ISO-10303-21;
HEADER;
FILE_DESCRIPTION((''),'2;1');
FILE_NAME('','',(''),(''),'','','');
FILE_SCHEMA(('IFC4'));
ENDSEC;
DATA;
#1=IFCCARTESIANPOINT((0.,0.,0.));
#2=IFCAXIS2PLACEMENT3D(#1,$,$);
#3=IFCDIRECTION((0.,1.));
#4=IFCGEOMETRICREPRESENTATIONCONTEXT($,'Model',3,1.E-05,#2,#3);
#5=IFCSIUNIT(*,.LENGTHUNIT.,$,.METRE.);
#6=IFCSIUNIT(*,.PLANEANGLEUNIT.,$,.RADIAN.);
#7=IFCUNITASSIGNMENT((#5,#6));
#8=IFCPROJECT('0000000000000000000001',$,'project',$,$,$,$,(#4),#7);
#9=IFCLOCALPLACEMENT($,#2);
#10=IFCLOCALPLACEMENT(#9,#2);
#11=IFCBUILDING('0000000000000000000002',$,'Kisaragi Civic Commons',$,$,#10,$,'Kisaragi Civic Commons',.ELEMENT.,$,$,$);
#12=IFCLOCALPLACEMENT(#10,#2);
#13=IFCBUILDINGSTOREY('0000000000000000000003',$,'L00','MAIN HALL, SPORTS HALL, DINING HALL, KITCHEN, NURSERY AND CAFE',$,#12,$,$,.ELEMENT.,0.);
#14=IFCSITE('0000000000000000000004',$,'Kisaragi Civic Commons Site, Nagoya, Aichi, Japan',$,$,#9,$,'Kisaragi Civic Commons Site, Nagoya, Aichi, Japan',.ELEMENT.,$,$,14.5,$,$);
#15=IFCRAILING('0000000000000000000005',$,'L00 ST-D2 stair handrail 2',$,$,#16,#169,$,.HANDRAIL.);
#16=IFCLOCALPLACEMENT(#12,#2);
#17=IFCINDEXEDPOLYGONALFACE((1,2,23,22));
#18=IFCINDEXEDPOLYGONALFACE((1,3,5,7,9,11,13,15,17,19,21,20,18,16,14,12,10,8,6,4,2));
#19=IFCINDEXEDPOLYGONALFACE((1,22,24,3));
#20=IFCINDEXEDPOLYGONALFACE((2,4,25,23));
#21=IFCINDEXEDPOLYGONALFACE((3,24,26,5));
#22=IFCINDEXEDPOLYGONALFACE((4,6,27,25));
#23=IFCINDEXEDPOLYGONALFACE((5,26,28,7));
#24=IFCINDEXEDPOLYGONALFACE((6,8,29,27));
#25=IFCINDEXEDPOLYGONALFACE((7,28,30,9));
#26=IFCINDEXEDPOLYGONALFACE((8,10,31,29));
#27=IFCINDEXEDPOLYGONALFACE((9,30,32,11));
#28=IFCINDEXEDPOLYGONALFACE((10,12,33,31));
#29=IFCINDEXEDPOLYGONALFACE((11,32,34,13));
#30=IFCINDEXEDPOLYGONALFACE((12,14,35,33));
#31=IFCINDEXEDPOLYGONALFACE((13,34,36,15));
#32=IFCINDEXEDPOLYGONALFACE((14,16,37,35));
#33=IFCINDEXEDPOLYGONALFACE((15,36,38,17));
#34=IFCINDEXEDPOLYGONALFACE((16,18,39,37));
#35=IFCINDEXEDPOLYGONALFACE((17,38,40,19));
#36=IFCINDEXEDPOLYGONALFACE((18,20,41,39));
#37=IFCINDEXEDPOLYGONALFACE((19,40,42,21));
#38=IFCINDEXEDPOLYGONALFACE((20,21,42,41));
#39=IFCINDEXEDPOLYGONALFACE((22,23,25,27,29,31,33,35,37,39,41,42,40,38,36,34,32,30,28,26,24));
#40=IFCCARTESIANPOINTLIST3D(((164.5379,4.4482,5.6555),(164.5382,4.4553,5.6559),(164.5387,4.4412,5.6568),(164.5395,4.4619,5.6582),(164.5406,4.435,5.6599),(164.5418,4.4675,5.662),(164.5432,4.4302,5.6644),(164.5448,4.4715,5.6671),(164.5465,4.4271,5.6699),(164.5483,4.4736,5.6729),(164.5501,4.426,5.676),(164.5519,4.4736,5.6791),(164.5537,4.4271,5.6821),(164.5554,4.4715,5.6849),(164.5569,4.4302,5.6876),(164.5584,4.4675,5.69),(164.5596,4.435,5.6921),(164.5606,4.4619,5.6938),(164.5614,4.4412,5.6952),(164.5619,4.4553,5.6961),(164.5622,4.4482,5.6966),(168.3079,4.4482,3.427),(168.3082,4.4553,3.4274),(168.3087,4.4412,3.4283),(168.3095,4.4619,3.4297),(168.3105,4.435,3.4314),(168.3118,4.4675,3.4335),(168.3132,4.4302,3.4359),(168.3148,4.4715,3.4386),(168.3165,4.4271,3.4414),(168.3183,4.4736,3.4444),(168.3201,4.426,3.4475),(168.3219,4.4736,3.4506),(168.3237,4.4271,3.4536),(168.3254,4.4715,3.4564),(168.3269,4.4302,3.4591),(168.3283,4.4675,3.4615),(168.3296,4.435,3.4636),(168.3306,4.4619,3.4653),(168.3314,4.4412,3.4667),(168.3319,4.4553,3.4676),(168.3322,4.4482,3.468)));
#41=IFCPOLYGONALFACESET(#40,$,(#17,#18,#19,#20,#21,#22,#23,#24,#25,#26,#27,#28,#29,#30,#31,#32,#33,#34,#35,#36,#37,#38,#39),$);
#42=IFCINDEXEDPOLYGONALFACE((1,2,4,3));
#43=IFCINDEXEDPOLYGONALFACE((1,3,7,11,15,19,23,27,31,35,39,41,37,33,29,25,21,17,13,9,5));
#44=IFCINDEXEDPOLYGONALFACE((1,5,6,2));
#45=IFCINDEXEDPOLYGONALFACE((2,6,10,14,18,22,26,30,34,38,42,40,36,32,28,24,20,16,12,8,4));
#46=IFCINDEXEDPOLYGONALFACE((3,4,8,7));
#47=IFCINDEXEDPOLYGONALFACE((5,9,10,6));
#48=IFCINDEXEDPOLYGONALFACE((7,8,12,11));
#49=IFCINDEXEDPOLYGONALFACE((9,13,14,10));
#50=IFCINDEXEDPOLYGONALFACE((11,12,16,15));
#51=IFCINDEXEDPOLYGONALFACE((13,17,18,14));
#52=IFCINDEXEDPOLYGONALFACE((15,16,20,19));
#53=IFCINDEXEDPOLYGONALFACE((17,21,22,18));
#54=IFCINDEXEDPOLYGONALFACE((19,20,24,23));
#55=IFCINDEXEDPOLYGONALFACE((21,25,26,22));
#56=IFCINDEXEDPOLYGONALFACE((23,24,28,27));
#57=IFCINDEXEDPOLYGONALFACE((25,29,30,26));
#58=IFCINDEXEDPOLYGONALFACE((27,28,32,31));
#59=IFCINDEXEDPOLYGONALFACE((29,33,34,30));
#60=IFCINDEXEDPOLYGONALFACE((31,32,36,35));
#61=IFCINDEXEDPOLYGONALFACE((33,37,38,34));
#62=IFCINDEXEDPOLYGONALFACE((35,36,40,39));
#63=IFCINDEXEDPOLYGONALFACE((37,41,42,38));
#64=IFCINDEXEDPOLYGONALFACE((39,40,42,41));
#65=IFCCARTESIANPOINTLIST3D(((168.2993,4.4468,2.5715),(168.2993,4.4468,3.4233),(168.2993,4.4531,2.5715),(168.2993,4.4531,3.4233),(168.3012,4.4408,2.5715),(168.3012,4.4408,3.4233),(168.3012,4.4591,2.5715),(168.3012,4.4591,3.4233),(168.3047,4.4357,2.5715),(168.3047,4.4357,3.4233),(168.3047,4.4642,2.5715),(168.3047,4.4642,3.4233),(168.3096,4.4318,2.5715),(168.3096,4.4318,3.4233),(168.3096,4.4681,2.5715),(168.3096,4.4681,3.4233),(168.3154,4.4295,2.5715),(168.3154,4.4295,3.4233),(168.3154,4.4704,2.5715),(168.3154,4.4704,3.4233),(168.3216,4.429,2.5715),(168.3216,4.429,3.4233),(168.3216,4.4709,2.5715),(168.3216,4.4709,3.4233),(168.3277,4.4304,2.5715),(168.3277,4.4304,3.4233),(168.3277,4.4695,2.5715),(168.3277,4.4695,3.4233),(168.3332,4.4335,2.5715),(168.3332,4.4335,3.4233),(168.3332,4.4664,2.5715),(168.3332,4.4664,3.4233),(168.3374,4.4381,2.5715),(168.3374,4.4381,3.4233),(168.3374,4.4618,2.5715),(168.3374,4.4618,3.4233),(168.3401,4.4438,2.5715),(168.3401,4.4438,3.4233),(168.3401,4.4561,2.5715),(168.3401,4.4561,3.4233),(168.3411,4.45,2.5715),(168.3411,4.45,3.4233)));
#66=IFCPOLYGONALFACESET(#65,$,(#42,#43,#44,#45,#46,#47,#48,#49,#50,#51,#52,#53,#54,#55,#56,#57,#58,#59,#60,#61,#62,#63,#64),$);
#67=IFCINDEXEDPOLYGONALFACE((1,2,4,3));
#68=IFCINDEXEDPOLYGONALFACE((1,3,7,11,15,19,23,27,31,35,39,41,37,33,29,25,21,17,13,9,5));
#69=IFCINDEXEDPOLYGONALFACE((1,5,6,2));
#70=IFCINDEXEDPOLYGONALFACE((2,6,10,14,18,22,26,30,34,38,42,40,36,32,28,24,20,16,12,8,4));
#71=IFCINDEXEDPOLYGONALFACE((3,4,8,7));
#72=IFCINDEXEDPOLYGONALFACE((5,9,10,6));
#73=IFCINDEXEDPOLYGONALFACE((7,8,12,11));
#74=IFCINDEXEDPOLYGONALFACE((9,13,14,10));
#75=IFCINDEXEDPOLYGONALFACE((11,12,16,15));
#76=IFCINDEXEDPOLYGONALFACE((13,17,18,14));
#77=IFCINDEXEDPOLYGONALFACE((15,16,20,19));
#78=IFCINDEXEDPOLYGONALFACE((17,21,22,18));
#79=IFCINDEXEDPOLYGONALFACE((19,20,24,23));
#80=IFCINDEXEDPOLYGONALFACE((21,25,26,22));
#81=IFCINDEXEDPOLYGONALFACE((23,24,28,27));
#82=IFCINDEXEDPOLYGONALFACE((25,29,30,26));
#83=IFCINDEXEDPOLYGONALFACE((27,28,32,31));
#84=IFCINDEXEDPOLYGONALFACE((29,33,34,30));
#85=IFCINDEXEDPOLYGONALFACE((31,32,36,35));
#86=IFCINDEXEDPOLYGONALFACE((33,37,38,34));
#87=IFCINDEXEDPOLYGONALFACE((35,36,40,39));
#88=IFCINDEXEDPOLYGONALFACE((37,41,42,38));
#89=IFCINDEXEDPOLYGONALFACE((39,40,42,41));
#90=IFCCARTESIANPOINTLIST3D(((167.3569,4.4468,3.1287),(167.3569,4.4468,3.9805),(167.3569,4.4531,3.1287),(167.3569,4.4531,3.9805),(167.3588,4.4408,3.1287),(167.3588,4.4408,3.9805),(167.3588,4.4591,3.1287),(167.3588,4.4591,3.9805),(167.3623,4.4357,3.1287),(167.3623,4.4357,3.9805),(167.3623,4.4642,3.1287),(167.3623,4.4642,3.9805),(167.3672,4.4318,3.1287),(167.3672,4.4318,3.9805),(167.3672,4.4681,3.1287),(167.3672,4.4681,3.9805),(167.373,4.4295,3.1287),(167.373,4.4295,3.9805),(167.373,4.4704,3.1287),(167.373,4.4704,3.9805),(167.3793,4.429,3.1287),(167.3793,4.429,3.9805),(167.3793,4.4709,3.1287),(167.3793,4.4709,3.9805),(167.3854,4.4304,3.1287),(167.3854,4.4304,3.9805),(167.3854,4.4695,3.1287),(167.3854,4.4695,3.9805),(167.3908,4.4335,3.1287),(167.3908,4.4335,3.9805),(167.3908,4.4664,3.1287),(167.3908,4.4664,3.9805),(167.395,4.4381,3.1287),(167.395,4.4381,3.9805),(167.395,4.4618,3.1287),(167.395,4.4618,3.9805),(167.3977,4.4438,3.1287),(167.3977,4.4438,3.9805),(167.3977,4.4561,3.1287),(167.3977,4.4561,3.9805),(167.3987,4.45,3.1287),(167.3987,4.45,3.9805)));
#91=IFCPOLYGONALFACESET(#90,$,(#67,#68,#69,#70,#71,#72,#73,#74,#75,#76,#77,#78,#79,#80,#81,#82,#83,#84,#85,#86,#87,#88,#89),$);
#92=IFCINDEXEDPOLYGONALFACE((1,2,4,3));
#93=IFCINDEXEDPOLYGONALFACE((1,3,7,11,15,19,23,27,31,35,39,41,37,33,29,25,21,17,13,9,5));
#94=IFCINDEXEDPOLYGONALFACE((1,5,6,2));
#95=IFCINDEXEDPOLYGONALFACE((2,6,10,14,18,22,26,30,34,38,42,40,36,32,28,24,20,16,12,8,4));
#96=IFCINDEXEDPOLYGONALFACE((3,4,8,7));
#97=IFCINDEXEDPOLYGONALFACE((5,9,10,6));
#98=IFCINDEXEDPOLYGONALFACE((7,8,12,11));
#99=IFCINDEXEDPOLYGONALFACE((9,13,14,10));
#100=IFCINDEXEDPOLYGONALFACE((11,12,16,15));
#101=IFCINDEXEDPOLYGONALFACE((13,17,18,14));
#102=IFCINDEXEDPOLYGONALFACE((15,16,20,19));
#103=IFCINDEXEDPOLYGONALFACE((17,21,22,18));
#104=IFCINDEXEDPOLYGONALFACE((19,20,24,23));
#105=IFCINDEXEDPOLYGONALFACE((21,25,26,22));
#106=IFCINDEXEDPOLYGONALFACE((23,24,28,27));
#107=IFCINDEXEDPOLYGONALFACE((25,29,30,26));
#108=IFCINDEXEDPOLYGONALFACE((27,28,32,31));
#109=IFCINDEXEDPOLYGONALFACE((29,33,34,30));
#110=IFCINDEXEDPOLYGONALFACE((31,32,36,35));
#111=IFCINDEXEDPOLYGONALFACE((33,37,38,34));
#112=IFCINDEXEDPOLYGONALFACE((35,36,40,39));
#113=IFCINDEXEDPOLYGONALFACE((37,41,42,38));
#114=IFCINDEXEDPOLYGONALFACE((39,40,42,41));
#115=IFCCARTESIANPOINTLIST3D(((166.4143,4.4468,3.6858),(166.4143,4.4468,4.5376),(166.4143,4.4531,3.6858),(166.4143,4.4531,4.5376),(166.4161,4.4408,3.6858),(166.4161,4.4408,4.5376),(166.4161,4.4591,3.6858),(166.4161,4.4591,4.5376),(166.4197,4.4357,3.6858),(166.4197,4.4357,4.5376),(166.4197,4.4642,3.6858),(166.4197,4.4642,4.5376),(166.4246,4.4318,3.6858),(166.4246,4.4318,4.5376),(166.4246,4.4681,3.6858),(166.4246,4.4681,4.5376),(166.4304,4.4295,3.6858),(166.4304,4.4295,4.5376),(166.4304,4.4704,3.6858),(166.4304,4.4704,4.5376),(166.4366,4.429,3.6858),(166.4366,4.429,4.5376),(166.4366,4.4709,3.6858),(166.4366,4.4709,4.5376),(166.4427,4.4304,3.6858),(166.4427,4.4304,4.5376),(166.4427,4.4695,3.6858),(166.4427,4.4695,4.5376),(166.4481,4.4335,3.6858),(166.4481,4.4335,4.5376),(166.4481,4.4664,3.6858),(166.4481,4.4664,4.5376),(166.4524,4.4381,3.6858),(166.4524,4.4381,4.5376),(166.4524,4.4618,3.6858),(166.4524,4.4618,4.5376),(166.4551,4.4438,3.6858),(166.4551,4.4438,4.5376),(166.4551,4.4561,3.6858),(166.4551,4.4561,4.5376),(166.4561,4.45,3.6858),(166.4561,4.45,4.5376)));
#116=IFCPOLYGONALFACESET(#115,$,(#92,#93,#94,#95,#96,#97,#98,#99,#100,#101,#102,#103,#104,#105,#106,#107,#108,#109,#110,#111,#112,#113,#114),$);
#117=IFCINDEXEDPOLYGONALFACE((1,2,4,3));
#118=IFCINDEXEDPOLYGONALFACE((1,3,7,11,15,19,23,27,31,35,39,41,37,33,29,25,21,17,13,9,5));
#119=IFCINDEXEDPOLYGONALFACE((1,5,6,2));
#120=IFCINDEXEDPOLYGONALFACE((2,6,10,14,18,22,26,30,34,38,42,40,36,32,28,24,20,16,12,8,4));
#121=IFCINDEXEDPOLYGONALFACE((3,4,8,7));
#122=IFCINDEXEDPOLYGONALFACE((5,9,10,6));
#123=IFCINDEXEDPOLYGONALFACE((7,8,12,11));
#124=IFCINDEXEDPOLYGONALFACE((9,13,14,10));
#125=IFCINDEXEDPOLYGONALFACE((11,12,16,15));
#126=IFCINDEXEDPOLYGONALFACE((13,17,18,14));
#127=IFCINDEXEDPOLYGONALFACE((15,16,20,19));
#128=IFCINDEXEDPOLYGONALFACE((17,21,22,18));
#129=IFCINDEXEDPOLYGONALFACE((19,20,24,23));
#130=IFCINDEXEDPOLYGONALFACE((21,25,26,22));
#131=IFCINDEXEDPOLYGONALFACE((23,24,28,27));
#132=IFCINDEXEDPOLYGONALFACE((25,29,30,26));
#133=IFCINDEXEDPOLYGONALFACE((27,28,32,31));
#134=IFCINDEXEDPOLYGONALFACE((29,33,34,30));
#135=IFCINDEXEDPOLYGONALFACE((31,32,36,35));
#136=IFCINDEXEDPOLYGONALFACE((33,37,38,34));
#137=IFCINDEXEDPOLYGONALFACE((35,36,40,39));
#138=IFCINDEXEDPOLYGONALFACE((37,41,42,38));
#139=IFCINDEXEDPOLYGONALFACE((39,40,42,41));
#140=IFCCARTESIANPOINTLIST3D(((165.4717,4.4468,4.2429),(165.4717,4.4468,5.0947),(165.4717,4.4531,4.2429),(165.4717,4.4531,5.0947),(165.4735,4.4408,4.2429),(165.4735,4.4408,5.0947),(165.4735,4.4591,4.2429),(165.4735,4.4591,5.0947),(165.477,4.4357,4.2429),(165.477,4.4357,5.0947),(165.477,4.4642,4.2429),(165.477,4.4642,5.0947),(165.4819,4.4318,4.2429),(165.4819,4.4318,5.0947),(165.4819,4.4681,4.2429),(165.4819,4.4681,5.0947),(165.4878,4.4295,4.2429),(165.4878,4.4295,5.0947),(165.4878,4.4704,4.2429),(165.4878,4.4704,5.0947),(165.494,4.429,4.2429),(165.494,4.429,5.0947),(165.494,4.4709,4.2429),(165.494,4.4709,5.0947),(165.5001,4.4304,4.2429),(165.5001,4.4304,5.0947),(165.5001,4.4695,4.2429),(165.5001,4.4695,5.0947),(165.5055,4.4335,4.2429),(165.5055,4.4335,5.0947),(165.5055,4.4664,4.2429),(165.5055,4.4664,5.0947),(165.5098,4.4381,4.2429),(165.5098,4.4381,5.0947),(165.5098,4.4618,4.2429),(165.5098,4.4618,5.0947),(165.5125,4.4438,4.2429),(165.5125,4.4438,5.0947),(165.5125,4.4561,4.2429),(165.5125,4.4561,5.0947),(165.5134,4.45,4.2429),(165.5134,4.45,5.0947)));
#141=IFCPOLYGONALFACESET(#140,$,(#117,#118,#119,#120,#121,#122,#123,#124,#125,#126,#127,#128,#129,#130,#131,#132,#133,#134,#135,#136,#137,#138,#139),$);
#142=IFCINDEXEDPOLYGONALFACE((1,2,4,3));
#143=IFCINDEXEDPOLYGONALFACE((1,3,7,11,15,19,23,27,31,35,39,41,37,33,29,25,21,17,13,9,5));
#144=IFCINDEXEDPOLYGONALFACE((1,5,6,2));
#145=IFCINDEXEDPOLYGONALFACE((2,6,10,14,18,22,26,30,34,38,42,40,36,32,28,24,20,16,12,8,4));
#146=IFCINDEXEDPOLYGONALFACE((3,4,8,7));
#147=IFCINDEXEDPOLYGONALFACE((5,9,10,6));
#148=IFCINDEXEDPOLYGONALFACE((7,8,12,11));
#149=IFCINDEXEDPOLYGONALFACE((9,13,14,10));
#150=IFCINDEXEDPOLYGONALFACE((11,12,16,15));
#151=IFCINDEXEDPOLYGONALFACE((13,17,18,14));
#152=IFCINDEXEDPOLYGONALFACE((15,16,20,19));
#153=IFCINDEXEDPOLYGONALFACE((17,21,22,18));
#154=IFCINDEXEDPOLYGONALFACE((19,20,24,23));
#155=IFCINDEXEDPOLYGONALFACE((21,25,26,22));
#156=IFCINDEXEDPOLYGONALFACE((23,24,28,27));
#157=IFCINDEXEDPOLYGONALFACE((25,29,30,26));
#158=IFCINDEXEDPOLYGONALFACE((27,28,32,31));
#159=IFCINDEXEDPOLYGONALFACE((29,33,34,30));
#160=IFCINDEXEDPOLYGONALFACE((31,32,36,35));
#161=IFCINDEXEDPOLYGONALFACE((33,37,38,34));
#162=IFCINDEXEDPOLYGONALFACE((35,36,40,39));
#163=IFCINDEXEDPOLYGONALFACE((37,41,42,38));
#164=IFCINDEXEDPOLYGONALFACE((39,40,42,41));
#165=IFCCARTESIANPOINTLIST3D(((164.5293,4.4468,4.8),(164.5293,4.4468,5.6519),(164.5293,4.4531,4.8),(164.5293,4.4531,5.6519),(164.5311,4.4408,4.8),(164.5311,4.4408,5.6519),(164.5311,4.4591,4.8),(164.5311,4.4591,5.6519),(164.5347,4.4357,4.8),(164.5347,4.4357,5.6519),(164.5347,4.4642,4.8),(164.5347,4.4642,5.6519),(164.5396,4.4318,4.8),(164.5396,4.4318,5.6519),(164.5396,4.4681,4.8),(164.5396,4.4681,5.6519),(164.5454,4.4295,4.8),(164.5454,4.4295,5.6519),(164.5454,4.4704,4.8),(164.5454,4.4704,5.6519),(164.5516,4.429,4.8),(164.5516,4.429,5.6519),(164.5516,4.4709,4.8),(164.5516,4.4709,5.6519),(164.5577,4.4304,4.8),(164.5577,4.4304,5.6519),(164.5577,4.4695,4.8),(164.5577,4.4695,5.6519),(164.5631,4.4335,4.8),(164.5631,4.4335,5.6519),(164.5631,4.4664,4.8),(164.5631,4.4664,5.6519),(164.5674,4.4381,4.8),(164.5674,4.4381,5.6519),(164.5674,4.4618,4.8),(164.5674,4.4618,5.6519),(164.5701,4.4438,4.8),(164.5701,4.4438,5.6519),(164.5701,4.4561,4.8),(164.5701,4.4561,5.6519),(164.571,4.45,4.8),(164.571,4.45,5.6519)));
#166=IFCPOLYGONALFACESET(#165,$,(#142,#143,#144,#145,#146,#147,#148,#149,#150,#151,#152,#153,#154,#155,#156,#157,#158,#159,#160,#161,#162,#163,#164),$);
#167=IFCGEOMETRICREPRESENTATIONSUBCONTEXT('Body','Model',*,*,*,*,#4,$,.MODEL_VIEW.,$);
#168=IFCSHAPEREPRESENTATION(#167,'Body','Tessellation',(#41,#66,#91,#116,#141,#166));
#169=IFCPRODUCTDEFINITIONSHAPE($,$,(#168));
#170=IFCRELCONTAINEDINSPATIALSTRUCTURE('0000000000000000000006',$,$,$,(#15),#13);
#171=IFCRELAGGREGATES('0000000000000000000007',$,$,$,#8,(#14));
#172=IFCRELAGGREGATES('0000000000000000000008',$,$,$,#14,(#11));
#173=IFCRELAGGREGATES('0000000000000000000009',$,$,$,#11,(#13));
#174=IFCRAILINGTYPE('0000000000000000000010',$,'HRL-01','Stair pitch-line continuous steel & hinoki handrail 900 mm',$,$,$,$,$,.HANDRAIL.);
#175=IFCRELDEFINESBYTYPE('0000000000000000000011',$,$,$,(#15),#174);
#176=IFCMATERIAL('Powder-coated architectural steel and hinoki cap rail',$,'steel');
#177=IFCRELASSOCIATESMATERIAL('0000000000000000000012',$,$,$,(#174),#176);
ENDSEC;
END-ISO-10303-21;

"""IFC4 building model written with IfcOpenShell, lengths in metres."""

from ifc_helpers import new_model, si_unit, direction, frame, origin, origin_2d, place, context, subcontext, project, spatial, circle, extrude, material, type_object, element, save


model = new_model("IFC4")

# Units and contexts
model_context = context("Model", 3, precision=1e-05, world=origin(), true_north=direction((0.0, 1.0)))
body_context = subcontext(model_context, "Body", "Model", "MODEL_VIEW")
ifc_project = project(units=[si_unit("LENGTHUNIT", "METRE"), si_unit("PLANEANGLEUNIT", "RADIAN")], contexts=[model_context])

# Site, building, storey
site_placement = place(None, origin())
site = spatial("IfcSite", under=ifc_project, at=site_placement, Name="Kisaragi Civic Commons Site, Nagoya, Aichi, Japan", LongName="Kisaragi Civic Commons Site, Nagoya, Aichi, Japan", CompositionType="ELEMENT", RefElevation=14.5)
building_placement = place(site_placement, origin())
building = spatial("IfcBuilding", under=site, at=building_placement, Name="Kisaragi Civic Commons", LongName="Kisaragi Civic Commons", CompositionType="ELEMENT")
storey_placement = place(building_placement, origin())
storey = spatial("IfcBuildingStorey", under=building, at=storey_placement, Name="L00", Description="MAIN HALL, SPORTS HALL, DINING HALL, KITCHEN, NURSERY AND CAFE", CompositionType="ELEMENT", Elevation=0.0)

# Railing
ifc_material_1 = material(Name="Powder-coated architectural steel and hinoki cap rail", Category="steel")
railing_type_1 = type_object("IfcRailingType", Name="HRL-01", Description="Stair pitch-line continuous steel & hinoki handrail 900 mm", PredefinedType="HANDRAIL", material=ifc_material_1)
railing_1_placement = place(storey_placement, frame((168.3201, 4.45, 2.5715)))
element("IfcRailing", 1, at=railing_1_placement, inside=storey, type_object=railing_type_1, Name="L00 ST-D2 stair handrail 2", PredefinedType="HANDRAIL", context=body_context, shape_type="SweptSolid", body=[
    extrude(circle(Radius=0.0239, at=origin_2d()), frame((0.0, 0.0, 0.876), z_axis=(-0.860849, 0.0, 0.508861), x_axis=(0.0, -1.0, 0.0)), (0.0, 0.0, 1.0), 4.3794),
    extrude(circle(Radius=0.021, at=origin_2d()), origin(), (0.0, 0.0, 1.0), 0.8518),
    extrude(circle(Radius=0.021, at=origin_2d()), frame((-0.9424, 0.0, 0.5571)), (0.0, 0.0, 1.0), 0.8518),
    extrude(circle(Radius=0.021, at=origin_2d()), frame((-1.885, 0.0, 1.1143)), (0.0, 0.0, 1.0), 0.8518),
    extrude(circle(Radius=0.021, at=origin_2d()), frame((-2.8276, 0.0, 1.6714)), (0.0, 0.0, 1.0), 0.8518),
    extrude(circle(Radius=0.021, at=origin_2d()), frame((-3.77, 0.0, 2.2285)), (0.0, 0.0, 1.0), 0.8518),
])

save(model, "model.ifc")
